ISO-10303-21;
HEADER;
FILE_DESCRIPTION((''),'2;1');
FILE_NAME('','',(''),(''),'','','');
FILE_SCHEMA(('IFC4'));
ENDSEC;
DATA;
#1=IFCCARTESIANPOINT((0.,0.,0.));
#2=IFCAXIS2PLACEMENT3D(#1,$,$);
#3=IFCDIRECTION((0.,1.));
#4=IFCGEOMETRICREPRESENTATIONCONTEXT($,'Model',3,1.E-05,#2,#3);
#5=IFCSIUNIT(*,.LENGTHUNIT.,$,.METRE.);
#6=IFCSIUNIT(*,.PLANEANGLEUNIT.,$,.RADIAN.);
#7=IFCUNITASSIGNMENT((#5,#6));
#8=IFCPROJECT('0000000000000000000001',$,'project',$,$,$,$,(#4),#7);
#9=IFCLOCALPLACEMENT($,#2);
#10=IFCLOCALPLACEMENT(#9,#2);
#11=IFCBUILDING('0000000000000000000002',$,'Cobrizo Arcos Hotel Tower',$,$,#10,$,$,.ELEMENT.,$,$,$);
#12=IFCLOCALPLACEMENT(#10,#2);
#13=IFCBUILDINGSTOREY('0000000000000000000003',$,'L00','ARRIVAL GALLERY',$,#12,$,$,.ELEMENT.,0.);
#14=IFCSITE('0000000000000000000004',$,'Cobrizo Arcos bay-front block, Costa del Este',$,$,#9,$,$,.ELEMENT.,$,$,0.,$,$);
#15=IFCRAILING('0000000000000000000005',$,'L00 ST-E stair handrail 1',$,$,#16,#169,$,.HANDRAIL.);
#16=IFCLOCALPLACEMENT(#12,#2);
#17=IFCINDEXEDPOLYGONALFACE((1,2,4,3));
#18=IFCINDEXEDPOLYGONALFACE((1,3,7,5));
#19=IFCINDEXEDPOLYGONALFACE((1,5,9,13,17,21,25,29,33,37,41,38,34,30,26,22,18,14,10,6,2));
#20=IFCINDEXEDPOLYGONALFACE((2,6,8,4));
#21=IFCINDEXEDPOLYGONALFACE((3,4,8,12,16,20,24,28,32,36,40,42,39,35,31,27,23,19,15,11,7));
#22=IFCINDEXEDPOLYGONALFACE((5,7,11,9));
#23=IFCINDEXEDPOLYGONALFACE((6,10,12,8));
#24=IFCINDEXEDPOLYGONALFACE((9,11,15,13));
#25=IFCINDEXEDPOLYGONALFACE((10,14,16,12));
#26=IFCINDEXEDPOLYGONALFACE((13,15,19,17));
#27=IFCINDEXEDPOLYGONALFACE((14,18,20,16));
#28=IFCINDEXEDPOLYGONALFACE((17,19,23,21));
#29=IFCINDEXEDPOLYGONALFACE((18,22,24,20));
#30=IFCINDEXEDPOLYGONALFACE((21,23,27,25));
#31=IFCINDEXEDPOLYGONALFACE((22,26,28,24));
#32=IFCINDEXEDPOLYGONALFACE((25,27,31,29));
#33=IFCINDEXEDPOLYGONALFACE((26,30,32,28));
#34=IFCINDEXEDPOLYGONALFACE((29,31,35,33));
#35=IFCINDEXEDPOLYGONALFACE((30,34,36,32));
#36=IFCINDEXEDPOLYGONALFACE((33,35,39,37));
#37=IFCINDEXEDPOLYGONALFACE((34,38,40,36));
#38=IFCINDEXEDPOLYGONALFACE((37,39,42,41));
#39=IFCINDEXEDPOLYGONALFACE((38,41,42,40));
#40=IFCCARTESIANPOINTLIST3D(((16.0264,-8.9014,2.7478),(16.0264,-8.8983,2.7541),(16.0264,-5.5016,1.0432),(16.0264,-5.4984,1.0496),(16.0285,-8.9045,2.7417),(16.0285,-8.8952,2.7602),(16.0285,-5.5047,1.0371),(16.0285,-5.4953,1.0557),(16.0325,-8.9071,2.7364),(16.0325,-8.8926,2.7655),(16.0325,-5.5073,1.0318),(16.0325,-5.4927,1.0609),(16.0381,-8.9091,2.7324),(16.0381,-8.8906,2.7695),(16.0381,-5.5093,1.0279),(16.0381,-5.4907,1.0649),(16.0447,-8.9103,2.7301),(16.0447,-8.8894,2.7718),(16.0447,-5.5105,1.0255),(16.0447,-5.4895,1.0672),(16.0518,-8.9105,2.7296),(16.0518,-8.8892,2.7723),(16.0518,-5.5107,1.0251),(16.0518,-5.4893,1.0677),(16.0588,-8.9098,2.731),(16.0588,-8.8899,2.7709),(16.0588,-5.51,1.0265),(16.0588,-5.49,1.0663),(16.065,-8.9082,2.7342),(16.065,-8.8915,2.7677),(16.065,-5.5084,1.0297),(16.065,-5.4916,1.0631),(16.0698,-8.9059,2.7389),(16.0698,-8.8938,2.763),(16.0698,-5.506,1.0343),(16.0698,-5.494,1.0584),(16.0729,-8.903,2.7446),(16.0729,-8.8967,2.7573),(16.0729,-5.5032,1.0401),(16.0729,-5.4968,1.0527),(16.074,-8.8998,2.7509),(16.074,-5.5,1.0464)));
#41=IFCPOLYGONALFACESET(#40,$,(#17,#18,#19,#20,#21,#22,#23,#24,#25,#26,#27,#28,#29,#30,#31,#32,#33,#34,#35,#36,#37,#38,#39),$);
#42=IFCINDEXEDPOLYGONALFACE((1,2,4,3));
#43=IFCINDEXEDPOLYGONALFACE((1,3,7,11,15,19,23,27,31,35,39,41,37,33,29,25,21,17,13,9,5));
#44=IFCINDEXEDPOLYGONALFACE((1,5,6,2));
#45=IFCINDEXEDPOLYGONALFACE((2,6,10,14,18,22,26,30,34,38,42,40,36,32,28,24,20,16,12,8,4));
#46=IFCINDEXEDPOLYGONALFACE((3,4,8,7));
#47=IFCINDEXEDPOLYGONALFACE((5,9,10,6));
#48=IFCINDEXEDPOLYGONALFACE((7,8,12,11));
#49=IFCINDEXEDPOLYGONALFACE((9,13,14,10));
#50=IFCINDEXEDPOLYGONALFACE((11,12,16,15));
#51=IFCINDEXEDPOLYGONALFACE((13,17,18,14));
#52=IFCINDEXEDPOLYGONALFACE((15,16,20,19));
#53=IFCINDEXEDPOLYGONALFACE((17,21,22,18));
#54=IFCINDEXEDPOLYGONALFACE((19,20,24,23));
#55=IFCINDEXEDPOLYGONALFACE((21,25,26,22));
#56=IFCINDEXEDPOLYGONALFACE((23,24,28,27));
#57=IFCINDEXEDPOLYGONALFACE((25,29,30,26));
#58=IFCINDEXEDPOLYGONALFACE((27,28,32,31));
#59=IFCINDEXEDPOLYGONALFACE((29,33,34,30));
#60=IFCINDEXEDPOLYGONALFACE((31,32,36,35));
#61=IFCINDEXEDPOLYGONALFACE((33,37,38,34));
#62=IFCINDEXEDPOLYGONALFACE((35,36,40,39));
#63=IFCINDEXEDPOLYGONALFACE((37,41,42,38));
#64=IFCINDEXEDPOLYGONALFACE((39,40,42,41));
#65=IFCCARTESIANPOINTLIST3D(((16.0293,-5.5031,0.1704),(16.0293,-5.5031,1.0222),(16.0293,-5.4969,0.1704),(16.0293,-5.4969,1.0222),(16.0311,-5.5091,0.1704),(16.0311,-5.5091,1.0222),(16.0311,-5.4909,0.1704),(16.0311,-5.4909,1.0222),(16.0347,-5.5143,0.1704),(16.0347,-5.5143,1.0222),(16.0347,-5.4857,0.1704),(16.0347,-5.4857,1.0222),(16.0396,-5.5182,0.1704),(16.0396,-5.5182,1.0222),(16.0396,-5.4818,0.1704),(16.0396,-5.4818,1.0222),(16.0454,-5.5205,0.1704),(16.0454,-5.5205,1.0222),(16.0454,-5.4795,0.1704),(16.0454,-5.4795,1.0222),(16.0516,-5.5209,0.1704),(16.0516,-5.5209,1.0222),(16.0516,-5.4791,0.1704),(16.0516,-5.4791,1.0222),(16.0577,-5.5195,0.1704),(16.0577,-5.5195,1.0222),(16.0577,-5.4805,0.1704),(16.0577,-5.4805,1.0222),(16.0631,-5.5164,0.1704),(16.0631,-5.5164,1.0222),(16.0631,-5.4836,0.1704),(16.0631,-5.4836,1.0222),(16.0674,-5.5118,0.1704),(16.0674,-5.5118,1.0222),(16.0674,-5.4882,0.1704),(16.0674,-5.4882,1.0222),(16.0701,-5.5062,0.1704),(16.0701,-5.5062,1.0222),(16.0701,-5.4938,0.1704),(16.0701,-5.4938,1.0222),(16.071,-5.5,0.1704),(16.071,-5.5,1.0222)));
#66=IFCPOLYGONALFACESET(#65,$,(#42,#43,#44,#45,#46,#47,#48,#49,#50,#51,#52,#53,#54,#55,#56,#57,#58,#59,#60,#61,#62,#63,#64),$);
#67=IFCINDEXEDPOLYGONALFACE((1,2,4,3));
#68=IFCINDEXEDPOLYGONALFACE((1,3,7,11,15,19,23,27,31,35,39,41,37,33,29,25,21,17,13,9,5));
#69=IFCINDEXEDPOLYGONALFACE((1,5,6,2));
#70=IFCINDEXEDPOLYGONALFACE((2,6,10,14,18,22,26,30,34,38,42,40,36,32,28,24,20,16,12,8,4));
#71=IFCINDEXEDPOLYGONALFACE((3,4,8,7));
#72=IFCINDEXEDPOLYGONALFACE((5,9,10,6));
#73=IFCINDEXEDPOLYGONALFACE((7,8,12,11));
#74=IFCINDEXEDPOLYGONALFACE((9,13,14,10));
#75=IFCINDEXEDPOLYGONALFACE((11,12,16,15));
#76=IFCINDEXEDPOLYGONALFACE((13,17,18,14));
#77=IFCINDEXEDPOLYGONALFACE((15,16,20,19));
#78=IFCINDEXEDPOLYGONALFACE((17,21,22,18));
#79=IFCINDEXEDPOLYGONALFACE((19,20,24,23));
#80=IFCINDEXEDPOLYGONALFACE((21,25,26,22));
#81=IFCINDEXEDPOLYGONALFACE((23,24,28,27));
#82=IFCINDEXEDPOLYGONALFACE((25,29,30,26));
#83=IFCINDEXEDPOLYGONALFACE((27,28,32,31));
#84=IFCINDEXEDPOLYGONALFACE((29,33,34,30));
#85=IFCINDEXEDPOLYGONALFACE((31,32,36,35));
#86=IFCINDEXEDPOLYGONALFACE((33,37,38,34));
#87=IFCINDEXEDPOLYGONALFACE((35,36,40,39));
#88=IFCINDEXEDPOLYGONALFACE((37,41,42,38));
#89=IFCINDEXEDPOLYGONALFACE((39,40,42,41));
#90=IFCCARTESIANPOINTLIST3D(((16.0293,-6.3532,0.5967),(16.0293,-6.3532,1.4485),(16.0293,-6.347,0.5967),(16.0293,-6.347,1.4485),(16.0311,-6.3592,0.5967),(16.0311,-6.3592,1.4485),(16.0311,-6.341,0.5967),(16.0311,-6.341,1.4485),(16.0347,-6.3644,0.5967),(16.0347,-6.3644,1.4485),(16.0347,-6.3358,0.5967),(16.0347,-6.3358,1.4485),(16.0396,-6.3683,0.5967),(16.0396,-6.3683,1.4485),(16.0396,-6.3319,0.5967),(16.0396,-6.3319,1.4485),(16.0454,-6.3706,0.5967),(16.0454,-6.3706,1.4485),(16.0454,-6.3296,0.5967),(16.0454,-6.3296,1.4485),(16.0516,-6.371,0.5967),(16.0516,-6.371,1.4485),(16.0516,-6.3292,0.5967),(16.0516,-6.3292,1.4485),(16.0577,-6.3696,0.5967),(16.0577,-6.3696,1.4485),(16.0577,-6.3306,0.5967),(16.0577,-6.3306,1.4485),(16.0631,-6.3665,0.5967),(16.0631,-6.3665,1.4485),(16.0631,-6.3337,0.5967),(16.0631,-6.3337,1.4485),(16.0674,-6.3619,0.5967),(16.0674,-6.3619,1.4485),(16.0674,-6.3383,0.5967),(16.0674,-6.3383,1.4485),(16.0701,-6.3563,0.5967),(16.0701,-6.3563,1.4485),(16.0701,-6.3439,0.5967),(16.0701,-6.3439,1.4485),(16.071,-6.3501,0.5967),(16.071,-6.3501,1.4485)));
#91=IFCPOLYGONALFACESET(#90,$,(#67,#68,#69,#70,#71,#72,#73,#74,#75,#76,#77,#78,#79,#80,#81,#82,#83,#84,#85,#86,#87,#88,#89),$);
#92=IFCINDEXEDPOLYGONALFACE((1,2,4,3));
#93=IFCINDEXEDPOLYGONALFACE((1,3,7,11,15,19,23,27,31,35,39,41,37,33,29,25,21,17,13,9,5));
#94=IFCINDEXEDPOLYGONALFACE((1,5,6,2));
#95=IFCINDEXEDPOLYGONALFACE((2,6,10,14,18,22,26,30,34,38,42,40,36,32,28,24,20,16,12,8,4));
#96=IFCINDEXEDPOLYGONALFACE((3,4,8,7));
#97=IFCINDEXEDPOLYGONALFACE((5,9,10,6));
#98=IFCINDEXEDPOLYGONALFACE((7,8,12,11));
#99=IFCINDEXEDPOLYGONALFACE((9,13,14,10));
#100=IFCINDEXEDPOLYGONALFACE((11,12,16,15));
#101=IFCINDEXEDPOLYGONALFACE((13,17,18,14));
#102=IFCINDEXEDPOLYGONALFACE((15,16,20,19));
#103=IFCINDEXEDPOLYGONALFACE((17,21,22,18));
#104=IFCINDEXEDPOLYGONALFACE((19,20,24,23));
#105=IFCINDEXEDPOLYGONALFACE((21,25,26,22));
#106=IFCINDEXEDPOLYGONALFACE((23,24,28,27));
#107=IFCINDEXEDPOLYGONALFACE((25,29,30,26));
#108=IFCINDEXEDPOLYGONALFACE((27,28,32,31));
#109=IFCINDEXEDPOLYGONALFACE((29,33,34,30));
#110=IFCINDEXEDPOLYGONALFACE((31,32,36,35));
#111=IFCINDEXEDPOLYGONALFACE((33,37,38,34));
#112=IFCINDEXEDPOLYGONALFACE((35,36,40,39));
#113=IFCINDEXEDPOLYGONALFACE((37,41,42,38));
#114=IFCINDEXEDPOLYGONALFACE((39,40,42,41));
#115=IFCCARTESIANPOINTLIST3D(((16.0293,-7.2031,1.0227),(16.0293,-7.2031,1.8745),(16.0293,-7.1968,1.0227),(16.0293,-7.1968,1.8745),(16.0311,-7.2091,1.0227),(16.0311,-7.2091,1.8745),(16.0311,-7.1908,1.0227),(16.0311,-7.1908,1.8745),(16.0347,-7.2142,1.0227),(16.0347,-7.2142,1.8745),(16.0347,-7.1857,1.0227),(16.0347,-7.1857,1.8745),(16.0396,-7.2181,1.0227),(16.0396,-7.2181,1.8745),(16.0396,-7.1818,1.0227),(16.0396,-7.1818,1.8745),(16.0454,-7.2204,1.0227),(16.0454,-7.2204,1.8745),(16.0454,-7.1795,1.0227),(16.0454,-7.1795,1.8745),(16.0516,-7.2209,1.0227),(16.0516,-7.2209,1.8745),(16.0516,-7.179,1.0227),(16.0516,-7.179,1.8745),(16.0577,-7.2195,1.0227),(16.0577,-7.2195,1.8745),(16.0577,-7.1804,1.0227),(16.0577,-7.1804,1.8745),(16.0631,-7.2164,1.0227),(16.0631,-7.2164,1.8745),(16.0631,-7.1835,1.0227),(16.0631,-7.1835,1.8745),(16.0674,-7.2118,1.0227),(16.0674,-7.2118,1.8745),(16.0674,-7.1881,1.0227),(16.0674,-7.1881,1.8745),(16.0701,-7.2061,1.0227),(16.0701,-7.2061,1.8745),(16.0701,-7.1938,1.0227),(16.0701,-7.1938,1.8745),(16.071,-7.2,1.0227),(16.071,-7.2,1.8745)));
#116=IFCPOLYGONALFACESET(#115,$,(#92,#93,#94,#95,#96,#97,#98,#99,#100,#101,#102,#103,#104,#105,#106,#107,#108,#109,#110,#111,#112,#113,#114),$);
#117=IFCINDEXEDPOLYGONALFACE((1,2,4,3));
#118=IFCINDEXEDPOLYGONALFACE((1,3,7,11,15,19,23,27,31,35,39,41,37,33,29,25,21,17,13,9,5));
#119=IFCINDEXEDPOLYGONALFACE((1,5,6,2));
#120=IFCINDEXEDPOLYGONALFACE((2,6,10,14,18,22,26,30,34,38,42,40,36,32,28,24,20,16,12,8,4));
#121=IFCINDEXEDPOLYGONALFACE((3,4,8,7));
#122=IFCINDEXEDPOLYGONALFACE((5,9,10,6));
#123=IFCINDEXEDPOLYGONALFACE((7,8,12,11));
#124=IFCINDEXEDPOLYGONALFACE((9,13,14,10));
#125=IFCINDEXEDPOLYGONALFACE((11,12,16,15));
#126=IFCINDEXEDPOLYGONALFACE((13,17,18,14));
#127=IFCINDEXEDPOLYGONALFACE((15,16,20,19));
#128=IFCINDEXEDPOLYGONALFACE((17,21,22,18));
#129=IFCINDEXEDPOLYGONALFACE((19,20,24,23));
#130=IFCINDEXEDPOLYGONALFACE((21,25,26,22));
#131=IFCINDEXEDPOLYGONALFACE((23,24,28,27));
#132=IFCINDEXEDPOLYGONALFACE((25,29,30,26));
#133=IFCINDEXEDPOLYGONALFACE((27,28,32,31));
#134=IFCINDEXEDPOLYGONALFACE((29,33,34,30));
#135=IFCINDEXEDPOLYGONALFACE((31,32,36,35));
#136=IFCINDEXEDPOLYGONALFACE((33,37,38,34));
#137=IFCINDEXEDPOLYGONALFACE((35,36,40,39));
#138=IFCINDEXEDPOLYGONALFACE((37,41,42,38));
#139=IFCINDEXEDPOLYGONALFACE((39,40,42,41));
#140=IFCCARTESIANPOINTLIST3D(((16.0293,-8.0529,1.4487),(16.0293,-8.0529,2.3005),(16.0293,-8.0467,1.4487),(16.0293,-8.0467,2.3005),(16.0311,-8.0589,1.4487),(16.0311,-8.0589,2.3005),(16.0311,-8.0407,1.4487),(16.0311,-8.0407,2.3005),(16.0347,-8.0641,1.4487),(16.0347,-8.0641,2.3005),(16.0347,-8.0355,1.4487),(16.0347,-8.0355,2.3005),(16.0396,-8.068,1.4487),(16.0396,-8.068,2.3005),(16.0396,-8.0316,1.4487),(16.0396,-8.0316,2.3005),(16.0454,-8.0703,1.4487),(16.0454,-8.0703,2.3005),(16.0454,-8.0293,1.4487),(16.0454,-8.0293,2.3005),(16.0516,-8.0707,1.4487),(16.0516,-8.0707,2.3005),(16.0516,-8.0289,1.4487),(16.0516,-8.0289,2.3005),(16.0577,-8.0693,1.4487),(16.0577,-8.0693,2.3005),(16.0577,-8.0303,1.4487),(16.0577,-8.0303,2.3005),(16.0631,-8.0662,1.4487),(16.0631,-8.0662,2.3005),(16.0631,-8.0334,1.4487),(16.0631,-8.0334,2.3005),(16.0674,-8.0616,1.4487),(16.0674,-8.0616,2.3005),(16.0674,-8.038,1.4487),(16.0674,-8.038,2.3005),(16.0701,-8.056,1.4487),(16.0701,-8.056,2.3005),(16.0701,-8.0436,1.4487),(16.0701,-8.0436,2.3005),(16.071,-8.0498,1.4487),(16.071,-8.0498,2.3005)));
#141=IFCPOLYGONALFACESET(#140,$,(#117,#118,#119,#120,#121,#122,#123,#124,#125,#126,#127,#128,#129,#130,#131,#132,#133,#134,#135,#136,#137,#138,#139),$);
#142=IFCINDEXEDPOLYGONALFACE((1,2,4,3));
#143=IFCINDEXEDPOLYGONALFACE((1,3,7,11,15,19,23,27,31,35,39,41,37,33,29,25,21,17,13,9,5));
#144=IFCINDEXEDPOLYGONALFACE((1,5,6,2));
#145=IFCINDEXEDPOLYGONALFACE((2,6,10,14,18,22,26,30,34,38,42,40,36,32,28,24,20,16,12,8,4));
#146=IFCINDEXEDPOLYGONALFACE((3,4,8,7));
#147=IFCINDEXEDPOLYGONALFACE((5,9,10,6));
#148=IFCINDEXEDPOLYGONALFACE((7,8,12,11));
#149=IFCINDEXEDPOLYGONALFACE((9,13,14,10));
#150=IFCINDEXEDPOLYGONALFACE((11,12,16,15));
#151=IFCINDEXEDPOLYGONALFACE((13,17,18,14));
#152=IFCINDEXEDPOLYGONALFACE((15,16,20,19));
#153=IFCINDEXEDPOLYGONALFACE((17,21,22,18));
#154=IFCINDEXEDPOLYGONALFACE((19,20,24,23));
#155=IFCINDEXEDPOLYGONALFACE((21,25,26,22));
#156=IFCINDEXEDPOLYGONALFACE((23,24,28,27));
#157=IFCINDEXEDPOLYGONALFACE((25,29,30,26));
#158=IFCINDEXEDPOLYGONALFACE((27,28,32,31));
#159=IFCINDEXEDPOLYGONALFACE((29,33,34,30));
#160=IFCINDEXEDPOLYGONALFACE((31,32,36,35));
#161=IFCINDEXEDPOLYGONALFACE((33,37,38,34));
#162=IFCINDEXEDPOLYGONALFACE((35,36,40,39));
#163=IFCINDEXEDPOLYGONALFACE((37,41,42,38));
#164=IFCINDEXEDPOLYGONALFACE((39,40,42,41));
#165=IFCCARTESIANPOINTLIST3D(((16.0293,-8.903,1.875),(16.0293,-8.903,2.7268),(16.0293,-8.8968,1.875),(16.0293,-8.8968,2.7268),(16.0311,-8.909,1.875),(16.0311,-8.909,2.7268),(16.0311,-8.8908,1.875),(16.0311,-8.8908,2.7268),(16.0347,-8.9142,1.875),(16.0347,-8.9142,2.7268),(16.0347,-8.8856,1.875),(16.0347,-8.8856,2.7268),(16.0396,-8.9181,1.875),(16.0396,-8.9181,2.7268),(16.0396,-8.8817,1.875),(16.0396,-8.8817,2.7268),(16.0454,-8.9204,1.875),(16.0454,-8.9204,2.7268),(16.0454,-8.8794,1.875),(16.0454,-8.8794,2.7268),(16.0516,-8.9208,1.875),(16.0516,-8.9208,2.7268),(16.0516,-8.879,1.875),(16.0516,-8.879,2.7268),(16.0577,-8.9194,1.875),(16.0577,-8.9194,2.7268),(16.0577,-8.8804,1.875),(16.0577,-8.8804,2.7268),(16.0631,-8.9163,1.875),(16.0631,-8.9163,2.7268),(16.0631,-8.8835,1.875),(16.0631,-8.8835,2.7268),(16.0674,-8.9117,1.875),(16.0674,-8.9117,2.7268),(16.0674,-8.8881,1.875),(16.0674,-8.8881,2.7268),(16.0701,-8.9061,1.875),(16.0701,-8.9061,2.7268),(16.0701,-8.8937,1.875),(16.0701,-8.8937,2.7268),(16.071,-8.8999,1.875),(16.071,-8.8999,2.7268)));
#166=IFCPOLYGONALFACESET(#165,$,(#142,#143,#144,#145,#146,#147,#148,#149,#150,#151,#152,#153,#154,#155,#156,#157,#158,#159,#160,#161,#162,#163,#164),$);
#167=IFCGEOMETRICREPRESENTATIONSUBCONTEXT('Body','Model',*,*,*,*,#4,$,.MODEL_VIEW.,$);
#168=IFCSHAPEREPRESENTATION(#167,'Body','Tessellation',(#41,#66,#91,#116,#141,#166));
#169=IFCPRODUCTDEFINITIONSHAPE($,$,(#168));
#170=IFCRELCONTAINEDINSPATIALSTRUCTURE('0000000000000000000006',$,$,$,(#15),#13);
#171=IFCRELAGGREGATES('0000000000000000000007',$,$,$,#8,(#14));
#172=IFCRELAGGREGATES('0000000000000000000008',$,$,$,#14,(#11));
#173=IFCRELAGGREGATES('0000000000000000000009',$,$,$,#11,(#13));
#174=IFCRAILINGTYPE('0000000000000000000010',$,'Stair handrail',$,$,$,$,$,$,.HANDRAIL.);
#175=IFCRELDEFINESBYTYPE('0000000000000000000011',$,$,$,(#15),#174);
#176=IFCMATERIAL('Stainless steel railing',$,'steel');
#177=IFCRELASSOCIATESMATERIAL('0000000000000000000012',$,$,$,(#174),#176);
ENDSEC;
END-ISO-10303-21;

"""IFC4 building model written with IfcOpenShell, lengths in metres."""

from ifc_helpers import new_model, si_unit, direction, frame, origin, origin_2d, place, context, subcontext, project, spatial, circle, extrude, material, type_object, element, save


model = new_model("IFC4")

# Units and contexts
model_context = context("Model", 3, precision=1e-05, world=origin(), true_north=direction((0.0, 1.0)))
body_context = subcontext(model_context, "Body", "Model", "MODEL_VIEW")
ifc_project = project(units=[si_unit("LENGTHUNIT", "METRE"), si_unit("PLANEANGLEUNIT", "RADIAN")], contexts=[model_context])

# Site, building, storey
site_placement = place(None, origin())
site = spatial("IfcSite", under=ifc_project, at=site_placement, Name="Cobrizo Arcos bay-front block, Costa del Este", CompositionType="ELEMENT", RefElevation=0.0)
building_placement = place(site_placement, origin())
building = spatial("IfcBuilding", under=site, at=building_placement, Name="Cobrizo Arcos Hotel Tower", CompositionType="ELEMENT")
storey_placement = place(building_placement, origin())
storey = spatial("IfcBuildingStorey", under=building, at=storey_placement, Name="L00", Description="ARRIVAL GALLERY", CompositionType="ELEMENT", Elevation=0.0)

# Railing
ifc_material_1 = material(Name="Stainless steel railing", Category="steel")
railing_type_1 = type_object("IfcRailingType", Name="Stair handrail", PredefinedType="HANDRAIL", material=ifc_material_1)
railing_1_placement = place(storey_placement, frame((16.05, -5.5, 0.1704)))
element("IfcRailing", 1, at=railing_1_placement, inside=storey, type_object=railing_type_1, Name="L00 ST-E stair handrail 1", PredefinedType="HANDRAIL", context=body_context, shape_type="SweptSolid", body=[
    extrude(circle(Radius=0.0239, at=origin_2d()), frame((0.0, 0.0, 0.876), z_axis=(0.0, -0.893939, 0.448189), x_axis=(1.0, 0.0, 0.0)), (0.0, 0.0, 1.0), 3.8032),
    extrude(circle(Radius=0.021, at=origin_2d()), origin(), (0.0, 0.0, 1.0), 0.8518),
    extrude(circle(Radius=0.021, at=origin_2d()), frame((0.0, -0.8501, 0.4263)), (0.0, 0.0, 1.0), 0.8518),
    extrude(circle(Radius=0.021, at=origin_2d()), frame((0.0, -1.7, 0.8523)), (0.0, 0.0, 1.0), 0.8518),
    extrude(circle(Radius=0.021, at=origin_2d()), frame((0.0, -2.5498, 1.2783)), (0.0, 0.0, 1.0), 0.8518),
    extrude(circle(Radius=0.021, at=origin_2d()), frame((0.0, -3.3999, 1.7046)), (0.0, 0.0, 1.0), 0.8518),
])

save(model, "model.ifc")
